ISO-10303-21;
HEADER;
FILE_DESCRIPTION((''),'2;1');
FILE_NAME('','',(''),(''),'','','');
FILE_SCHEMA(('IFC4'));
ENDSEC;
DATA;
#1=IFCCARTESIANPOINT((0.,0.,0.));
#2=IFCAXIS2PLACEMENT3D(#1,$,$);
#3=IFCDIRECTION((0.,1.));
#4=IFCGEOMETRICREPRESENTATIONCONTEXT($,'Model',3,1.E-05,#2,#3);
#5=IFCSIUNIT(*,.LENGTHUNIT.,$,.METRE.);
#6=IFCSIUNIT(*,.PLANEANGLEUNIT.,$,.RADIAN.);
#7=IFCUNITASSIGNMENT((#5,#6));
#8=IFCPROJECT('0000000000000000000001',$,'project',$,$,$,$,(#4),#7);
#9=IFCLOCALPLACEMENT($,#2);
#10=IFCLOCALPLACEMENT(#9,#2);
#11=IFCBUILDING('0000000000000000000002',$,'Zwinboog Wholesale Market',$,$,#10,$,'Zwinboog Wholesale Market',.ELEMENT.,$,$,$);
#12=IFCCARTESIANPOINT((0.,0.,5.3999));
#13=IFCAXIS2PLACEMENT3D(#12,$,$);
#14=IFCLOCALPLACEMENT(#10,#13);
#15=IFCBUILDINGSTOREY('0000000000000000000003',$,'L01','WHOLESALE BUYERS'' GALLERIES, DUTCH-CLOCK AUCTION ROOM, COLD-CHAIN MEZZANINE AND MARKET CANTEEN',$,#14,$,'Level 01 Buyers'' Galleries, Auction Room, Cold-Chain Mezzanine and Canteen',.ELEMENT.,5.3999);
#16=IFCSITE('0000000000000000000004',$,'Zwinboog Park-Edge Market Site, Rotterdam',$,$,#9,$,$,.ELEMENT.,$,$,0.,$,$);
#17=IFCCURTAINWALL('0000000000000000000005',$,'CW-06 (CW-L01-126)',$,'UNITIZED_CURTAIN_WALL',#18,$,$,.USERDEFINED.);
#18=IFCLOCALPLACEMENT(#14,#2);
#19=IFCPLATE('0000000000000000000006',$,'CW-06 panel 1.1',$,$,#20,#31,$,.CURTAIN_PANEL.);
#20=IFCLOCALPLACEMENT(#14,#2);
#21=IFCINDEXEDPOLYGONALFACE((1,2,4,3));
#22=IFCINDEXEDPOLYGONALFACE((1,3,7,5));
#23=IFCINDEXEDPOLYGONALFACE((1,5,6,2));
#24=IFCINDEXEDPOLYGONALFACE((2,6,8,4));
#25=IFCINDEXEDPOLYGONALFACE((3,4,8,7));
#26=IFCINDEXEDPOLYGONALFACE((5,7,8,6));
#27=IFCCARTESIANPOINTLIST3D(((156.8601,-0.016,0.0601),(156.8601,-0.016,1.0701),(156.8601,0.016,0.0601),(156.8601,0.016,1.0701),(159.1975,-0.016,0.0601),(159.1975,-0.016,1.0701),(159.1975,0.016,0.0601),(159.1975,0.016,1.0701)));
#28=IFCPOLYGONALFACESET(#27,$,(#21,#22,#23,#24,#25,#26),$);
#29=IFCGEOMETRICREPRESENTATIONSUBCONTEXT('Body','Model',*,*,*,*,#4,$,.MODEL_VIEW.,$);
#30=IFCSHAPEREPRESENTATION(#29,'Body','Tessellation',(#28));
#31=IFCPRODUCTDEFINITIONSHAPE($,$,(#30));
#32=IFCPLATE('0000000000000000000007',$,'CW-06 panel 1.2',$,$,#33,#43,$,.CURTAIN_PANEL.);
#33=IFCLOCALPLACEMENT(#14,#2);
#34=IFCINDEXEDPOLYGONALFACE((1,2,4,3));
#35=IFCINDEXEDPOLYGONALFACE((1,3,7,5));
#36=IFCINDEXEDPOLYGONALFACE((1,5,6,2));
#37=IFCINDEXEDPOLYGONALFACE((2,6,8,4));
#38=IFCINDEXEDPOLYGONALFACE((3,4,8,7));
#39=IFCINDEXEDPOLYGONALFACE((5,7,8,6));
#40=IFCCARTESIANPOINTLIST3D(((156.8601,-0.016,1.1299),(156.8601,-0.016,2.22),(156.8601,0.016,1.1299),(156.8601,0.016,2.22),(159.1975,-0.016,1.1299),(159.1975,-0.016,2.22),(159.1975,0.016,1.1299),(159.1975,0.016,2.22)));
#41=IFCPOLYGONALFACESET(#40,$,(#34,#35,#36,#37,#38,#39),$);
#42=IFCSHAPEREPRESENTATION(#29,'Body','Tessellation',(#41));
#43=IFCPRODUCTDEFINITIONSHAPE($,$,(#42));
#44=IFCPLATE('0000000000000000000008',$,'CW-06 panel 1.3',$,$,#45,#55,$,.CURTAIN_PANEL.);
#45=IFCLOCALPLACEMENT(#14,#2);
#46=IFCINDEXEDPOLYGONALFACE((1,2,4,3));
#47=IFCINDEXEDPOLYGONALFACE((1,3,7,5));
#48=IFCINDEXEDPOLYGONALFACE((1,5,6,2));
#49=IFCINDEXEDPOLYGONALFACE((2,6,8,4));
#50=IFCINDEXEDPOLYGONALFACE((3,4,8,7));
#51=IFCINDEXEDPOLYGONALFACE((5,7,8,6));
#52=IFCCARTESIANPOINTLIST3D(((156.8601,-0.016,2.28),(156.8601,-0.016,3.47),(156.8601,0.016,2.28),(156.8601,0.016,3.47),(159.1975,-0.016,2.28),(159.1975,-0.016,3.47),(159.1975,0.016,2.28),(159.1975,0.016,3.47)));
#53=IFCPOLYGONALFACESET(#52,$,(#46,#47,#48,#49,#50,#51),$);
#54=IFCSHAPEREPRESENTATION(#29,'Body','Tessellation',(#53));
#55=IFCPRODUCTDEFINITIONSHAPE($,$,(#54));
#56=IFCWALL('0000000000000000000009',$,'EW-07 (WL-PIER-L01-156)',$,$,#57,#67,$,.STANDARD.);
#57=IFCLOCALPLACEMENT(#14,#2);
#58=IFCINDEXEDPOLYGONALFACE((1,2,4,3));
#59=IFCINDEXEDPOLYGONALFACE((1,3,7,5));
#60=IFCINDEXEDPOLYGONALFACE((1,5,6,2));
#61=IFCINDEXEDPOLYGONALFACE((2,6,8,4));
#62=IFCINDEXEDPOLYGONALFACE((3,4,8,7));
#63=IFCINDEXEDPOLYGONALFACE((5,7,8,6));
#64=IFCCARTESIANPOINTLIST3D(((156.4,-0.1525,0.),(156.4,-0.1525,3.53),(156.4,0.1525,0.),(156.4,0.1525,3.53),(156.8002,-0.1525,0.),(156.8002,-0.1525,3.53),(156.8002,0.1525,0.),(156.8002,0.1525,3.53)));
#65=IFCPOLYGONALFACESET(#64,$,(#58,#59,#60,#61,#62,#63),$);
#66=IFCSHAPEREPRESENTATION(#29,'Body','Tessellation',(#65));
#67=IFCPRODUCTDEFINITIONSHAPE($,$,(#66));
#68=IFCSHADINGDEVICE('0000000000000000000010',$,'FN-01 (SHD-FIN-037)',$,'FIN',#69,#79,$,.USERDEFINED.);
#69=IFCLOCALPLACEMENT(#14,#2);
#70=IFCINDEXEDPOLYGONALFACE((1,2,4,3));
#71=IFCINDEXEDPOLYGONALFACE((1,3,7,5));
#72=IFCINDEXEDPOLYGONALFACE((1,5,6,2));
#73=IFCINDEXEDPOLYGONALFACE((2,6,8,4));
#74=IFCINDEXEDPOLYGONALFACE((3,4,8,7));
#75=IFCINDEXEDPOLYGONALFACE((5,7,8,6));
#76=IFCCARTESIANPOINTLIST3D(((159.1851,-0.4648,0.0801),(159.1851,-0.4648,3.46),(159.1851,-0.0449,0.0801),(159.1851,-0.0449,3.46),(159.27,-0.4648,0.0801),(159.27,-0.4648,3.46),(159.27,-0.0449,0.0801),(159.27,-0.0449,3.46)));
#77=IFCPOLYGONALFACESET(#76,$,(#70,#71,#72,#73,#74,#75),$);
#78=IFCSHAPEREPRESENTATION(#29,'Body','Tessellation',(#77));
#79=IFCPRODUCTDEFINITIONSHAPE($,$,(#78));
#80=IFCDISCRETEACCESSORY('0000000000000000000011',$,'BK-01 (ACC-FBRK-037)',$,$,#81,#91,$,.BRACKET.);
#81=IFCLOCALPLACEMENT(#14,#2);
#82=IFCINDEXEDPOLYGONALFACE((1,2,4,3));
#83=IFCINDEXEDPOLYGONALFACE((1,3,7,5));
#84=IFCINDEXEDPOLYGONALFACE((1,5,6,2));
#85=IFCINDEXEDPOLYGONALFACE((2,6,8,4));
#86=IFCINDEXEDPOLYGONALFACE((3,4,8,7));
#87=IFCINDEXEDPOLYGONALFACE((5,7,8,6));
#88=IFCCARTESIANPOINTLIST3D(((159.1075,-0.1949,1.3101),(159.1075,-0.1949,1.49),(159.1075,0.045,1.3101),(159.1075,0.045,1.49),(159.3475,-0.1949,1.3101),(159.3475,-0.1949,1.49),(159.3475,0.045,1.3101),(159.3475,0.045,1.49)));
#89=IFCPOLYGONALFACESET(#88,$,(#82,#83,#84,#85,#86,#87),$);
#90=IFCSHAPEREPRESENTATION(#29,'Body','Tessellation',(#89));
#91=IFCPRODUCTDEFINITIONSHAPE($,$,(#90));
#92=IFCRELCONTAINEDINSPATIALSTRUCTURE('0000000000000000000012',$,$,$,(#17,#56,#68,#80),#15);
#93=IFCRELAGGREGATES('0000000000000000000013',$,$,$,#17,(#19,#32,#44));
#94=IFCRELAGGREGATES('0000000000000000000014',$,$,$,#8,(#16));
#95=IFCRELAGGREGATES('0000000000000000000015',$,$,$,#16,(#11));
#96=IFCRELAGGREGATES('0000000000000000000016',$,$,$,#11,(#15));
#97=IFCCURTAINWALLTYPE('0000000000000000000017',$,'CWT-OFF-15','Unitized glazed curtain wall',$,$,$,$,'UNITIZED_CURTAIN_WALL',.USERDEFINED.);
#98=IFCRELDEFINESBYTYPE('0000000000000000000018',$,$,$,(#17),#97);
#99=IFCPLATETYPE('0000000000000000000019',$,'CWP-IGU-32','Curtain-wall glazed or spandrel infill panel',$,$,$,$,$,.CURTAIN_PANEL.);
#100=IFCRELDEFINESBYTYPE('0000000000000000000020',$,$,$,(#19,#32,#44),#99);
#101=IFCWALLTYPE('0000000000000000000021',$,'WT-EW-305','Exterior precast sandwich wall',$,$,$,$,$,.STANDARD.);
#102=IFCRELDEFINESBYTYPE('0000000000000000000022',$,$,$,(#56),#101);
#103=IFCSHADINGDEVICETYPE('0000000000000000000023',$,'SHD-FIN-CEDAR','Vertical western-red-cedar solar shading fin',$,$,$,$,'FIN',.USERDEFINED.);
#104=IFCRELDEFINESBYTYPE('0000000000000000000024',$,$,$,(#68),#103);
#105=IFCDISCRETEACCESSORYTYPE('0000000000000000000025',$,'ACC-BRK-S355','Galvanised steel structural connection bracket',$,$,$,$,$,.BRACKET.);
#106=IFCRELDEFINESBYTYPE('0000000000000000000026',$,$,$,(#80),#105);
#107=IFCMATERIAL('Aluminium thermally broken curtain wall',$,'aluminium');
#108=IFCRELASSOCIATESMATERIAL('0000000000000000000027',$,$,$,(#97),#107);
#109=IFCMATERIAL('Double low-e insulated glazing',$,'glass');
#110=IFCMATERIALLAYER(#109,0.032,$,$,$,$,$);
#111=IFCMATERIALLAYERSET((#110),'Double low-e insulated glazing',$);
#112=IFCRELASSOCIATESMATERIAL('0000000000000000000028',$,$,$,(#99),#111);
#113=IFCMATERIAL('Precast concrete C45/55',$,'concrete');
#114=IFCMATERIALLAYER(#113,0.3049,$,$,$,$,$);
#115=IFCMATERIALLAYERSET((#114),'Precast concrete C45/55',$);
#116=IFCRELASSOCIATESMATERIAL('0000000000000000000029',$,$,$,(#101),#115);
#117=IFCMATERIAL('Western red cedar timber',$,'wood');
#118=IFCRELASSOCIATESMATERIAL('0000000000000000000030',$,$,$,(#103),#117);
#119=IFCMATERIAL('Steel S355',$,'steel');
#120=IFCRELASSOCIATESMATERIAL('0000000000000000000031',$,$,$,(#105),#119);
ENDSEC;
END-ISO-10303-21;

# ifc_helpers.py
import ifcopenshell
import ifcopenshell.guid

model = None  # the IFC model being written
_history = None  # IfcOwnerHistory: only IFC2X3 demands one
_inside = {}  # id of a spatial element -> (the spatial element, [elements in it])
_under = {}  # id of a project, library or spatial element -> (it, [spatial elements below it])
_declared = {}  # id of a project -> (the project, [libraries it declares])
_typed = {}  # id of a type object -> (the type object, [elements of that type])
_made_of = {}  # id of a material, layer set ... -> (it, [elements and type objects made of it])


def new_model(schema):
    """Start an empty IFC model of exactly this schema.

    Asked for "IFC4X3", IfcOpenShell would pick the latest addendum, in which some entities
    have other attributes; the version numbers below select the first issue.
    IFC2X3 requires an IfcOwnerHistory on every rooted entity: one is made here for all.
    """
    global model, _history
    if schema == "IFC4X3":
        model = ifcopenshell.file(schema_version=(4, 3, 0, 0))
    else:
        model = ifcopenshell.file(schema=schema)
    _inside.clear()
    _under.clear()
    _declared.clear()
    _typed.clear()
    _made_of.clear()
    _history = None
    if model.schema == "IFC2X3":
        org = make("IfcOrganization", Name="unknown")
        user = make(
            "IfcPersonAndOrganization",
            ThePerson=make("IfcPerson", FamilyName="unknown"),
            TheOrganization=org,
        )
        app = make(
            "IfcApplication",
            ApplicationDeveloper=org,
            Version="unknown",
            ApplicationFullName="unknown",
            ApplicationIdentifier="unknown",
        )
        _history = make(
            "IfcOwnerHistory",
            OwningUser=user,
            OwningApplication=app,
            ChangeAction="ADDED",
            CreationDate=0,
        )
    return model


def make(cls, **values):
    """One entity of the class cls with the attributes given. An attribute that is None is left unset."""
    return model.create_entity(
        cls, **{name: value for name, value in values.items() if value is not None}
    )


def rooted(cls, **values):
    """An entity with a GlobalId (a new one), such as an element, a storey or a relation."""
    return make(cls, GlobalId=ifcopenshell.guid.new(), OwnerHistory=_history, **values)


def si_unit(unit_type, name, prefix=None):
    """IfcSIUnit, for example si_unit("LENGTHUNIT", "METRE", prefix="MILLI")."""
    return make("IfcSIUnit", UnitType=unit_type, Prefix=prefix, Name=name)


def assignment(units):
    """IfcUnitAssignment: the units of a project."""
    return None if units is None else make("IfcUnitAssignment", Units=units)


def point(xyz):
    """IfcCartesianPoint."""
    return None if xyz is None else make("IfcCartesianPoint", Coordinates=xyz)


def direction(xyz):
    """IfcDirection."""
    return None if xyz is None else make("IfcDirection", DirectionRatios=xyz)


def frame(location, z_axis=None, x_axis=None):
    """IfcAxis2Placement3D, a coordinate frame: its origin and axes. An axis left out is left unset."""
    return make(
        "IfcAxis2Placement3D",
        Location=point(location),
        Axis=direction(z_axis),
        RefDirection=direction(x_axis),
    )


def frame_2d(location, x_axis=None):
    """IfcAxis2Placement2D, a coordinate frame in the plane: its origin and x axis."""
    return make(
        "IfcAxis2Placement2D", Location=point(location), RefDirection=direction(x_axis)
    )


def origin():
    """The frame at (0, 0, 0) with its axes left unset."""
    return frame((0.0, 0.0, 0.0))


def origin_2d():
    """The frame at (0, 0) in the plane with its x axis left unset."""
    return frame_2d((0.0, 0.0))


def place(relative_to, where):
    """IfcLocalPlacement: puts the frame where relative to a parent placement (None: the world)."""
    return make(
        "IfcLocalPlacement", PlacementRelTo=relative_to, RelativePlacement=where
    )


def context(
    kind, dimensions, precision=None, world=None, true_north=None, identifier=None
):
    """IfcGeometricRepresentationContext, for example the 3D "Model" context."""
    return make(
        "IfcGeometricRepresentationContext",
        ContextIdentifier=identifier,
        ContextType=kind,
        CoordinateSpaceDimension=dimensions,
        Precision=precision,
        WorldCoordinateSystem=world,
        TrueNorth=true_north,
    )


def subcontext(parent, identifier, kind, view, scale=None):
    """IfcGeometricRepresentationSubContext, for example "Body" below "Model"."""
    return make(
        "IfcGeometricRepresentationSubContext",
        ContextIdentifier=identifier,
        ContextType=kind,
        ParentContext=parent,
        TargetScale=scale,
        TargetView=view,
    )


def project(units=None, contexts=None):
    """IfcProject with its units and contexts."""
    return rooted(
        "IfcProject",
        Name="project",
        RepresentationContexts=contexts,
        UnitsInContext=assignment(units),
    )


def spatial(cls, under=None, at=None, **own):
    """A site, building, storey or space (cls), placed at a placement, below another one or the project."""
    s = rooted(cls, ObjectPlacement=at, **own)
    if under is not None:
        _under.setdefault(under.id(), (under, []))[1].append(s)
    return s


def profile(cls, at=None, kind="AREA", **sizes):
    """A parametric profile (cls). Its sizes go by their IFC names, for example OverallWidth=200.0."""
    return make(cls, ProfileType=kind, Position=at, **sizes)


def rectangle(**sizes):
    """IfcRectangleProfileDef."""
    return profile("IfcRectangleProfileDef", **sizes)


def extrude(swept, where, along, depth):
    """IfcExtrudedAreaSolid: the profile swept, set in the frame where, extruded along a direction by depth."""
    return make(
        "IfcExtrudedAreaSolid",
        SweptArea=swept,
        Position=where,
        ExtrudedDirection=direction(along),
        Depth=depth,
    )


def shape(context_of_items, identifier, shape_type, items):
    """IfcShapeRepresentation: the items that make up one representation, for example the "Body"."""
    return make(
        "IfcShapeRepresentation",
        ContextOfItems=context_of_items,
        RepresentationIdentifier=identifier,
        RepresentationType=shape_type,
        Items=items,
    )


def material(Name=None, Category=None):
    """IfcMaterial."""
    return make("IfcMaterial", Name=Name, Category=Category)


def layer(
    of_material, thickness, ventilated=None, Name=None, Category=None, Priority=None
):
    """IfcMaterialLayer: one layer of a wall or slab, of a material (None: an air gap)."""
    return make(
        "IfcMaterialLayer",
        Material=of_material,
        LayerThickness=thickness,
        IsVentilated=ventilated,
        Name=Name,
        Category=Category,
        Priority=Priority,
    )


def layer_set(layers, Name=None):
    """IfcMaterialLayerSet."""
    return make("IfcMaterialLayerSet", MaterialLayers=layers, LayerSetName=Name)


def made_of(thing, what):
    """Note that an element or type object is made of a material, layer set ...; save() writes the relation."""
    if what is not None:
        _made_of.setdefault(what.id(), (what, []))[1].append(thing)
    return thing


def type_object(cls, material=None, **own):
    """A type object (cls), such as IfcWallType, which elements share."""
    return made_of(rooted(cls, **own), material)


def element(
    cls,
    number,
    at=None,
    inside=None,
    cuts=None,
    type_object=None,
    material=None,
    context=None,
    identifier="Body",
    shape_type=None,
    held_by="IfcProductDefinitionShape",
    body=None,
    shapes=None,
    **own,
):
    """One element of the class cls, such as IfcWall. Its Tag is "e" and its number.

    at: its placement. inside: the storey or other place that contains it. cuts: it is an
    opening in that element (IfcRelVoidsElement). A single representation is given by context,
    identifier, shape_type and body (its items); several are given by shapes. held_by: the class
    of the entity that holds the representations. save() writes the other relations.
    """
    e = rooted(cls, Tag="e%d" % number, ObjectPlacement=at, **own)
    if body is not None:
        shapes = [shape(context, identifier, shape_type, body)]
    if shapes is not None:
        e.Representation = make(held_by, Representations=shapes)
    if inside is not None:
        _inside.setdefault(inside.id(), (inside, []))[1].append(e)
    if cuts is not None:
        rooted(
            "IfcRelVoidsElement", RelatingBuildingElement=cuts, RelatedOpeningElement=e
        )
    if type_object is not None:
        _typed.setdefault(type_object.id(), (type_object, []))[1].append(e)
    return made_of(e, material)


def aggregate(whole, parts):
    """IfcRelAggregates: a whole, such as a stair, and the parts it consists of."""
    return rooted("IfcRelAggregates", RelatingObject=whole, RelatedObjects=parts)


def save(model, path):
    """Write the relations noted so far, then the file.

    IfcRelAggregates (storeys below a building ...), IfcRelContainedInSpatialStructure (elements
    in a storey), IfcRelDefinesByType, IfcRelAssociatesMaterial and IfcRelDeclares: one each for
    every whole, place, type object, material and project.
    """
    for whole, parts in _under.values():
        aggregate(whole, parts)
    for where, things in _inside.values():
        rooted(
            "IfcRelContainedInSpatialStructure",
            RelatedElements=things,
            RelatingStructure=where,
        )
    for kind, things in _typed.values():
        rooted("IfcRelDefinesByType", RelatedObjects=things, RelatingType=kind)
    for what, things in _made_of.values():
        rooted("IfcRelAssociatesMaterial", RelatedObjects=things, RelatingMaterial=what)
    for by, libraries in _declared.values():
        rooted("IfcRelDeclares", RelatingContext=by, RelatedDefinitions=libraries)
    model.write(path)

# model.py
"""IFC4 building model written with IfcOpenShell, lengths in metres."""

from ifc_helpers import new_model, si_unit, direction, frame, frame_2d, origin, origin_2d, place, context, subcontext, project, spatial, rectangle, extrude, material, layer, layer_set, type_object, element, aggregate, save


model = new_model("IFC4")

# Units and contexts
model_context = context("Model", 3, precision=1e-05, world=origin(), true_north=direction((0.0, 1.0)))
body_context = subcontext(model_context, "Body", "Model", "MODEL_VIEW")
ifc_project = project(units=[si_unit("LENGTHUNIT", "METRE"), si_unit("PLANEANGLEUNIT", "RADIAN")], contexts=[model_context])

# Site, building, storey
site_placement = place(None, origin())
site = spatial("IfcSite", under=ifc_project, at=site_placement, Name="Zwinboog Park-Edge Market Site, Rotterdam", CompositionType="ELEMENT", RefElevation=0.0)
building_placement = place(site_placement, origin())
building = spatial("IfcBuilding", under=site, at=building_placement, Name="Zwinboog Wholesale Market", LongName="Zwinboog Wholesale Market", CompositionType="ELEMENT")
storey_placement = place(building_placement, frame((0.0, 0.0, 5.3999)))
storey = spatial("IfcBuildingStorey", under=building, at=storey_placement, Name="L01", Description="WHOLESALE BUYERS' GALLERIES, DUTCH-CLOCK AUCTION ROOM, COLD-CHAIN MEZZANINE AND MARKET CANTEEN", LongName="Level 01 Buyers' Galleries, Auction Room, Cold-Chain Mezzanine and Canteen", CompositionType="ELEMENT", Elevation=5.3999)

# Shared definitions
ifc_material_1 = material(Name="Aluminium thermally broken curtain wall", Category="aluminium")

# Curtain wall
curtain_wall_type_1 = type_object("IfcCurtainWallType", Name="CWT-OFF-15", Description="Unitized glazed curtain wall", ElementType="UNITIZED_CURTAIN_WALL", PredefinedType="USERDEFINED", material=ifc_material_1)
curtain_wall_1_placement = place(storey_placement, origin())
curtain_wall_1 = element("IfcCurtainWall", 1, at=curtain_wall_1_placement, inside=storey, type_object=curtain_wall_type_1, Name="CW-06 (CW-L01-126)", ObjectType="UNITIZED_CURTAIN_WALL", PredefinedType="USERDEFINED")

# Plates
ifc_material_2 = material(Name="Double low-e insulated glazing", Category="glass")
ifc_layer_1 = layer(ifc_material_2, 0.032)
ifc_layer_set_1 = layer_set([ifc_layer_1], Name="Double low-e insulated glazing")
plate_type = type_object("IfcPlateType", Name="CWP-IGU-32", Description="Curtain-wall glazed or spandrel infill panel", PredefinedType="CURTAIN_PANEL", material=ifc_layer_set_1)
plate_1_placement = place(storey_placement, frame((158.0288, 0.0, 0.0601), z_axis=(0.0, 0.0, 1.0), x_axis=(1.0, 0.0, 0.0)))
plate_1 = element("IfcPlate", 2, at=plate_1_placement, type_object=plate_type, Name="CW-06 panel 1.1", PredefinedType="CURTAIN_PANEL", context=body_context, shape_type="SweptSolid", body=[
    extrude(rectangle(XDim=2.3374, YDim=0.032, at=origin_2d()), origin(), (0.0, 0.0, 1.0), 1.01),
])
plate_2_placement = place(storey_placement, frame((158.0288, 0.0, 1.1299), z_axis=(0.0, 0.0, 1.0), x_axis=(1.0, 0.0, 0.0)))
plate_2 = element("IfcPlate", 3, at=plate_2_placement, type_object=plate_type, Name="CW-06 panel 1.2", PredefinedType="CURTAIN_PANEL", context=body_context, shape_type="SweptSolid", body=[
    extrude(rectangle(XDim=2.3374, YDim=0.032, at=origin_2d()), origin(), (0.0, 0.0, 1.0), 1.0901),
])
plate_3_placement = place(storey_placement, frame((158.0288, 0.0, 2.28), z_axis=(0.0, 0.0, 1.0), x_axis=(1.0, 0.0, 0.0)))
plate_3 = element("IfcPlate", 4, at=plate_3_placement, type_object=plate_type, Name="CW-06 panel 1.3", PredefinedType="CURTAIN_PANEL", context=body_context, shape_type="SweptSolid", body=[
    extrude(rectangle(XDim=2.3374, YDim=0.032, at=origin_2d()), origin(), (0.0, 0.0, 1.0), 1.1899),
])
aggregate(curtain_wall_1, [plate_1, plate_2, plate_3])

# Wall
ifc_material_3 = material(Name="Precast concrete C45/55", Category="concrete")
ifc_layer_2 = layer(ifc_material_3, 0.3049)
ifc_layer_set_2 = layer_set([ifc_layer_2], Name="Precast concrete C45/55")
wall_type = type_object("IfcWallType", Name="WT-EW-305", Description="Exterior precast sandwich wall", PredefinedType="STANDARD", material=ifc_layer_set_2)
wall_placement = place(storey_placement, frame((156.3999, 0.0, 0.0), z_axis=(0.0, 0.0, 1.0), x_axis=(1.0, 0.0, 0.0)))
element("IfcWall", 5, at=wall_placement, inside=storey, type_object=wall_type, Name="EW-07 (WL-PIER-L01-156)", PredefinedType="STANDARD", context=body_context, shape_type="SweptSolid", body=[
    extrude(rectangle(XDim=0.4001, YDim=0.3049, at=frame_2d((0.2002, 0.0))), origin(), (0.0, 0.0, 1.0), 3.53),
])

# Shading device
ifc_material_4 = material(Name="Western red cedar timber", Category="wood")
shading_device_type = type_object("IfcShadingDeviceType", Name="SHD-FIN-CEDAR", Description="Vertical western-red-cedar solar shading fin", ElementType="FIN", PredefinedType="USERDEFINED", material=ifc_material_4)
shading_device_placement = place(storey_placement, frame((159.2275, -0.2549, 0.0801), z_axis=(0.0, 0.0, 1.0), x_axis=(0.0, 1.0, 0.0)))
element("IfcShadingDevice", 6, at=shading_device_placement, inside=storey, type_object=shading_device_type, Name="FN-01 (SHD-FIN-037)", ObjectType="FIN", PredefinedType="USERDEFINED", context=body_context, shape_type="SweptSolid", body=[
    extrude(rectangle(XDim=0.4199, YDim=0.085, at=origin_2d()), origin(), (0.0, 0.0, 1.0), 3.3799),
])

# Discrete accessory
ifc_material_5 = material(Name="Steel S355", Category="steel")
discrete_accessory_type = type_object("IfcDiscreteAccessoryType", Name="ACC-BRK-S355", Description="Galvanised steel structural connection bracket", PredefinedType="BRACKET", material=ifc_material_5)
discrete_accessory_placement = place(storey_placement, frame((159.2275, -0.075, 1.3101), z_axis=(0.0, 0.0, 1.0), x_axis=(1.0, 0.0, 0.0)))
element("IfcDiscreteAccessory", 7, at=discrete_accessory_placement, inside=storey, type_object=discrete_accessory_type, Name="BK-01 (ACC-FBRK-037)", PredefinedType="BRACKET", context=body_context, shape_type="SweptSolid", body=[
    extrude(rectangle(XDim=0.24, YDim=0.24, at=origin_2d()), origin(), (0.0, 0.0, 1.0), 0.1799),
])

save(model, "model.ifc")
